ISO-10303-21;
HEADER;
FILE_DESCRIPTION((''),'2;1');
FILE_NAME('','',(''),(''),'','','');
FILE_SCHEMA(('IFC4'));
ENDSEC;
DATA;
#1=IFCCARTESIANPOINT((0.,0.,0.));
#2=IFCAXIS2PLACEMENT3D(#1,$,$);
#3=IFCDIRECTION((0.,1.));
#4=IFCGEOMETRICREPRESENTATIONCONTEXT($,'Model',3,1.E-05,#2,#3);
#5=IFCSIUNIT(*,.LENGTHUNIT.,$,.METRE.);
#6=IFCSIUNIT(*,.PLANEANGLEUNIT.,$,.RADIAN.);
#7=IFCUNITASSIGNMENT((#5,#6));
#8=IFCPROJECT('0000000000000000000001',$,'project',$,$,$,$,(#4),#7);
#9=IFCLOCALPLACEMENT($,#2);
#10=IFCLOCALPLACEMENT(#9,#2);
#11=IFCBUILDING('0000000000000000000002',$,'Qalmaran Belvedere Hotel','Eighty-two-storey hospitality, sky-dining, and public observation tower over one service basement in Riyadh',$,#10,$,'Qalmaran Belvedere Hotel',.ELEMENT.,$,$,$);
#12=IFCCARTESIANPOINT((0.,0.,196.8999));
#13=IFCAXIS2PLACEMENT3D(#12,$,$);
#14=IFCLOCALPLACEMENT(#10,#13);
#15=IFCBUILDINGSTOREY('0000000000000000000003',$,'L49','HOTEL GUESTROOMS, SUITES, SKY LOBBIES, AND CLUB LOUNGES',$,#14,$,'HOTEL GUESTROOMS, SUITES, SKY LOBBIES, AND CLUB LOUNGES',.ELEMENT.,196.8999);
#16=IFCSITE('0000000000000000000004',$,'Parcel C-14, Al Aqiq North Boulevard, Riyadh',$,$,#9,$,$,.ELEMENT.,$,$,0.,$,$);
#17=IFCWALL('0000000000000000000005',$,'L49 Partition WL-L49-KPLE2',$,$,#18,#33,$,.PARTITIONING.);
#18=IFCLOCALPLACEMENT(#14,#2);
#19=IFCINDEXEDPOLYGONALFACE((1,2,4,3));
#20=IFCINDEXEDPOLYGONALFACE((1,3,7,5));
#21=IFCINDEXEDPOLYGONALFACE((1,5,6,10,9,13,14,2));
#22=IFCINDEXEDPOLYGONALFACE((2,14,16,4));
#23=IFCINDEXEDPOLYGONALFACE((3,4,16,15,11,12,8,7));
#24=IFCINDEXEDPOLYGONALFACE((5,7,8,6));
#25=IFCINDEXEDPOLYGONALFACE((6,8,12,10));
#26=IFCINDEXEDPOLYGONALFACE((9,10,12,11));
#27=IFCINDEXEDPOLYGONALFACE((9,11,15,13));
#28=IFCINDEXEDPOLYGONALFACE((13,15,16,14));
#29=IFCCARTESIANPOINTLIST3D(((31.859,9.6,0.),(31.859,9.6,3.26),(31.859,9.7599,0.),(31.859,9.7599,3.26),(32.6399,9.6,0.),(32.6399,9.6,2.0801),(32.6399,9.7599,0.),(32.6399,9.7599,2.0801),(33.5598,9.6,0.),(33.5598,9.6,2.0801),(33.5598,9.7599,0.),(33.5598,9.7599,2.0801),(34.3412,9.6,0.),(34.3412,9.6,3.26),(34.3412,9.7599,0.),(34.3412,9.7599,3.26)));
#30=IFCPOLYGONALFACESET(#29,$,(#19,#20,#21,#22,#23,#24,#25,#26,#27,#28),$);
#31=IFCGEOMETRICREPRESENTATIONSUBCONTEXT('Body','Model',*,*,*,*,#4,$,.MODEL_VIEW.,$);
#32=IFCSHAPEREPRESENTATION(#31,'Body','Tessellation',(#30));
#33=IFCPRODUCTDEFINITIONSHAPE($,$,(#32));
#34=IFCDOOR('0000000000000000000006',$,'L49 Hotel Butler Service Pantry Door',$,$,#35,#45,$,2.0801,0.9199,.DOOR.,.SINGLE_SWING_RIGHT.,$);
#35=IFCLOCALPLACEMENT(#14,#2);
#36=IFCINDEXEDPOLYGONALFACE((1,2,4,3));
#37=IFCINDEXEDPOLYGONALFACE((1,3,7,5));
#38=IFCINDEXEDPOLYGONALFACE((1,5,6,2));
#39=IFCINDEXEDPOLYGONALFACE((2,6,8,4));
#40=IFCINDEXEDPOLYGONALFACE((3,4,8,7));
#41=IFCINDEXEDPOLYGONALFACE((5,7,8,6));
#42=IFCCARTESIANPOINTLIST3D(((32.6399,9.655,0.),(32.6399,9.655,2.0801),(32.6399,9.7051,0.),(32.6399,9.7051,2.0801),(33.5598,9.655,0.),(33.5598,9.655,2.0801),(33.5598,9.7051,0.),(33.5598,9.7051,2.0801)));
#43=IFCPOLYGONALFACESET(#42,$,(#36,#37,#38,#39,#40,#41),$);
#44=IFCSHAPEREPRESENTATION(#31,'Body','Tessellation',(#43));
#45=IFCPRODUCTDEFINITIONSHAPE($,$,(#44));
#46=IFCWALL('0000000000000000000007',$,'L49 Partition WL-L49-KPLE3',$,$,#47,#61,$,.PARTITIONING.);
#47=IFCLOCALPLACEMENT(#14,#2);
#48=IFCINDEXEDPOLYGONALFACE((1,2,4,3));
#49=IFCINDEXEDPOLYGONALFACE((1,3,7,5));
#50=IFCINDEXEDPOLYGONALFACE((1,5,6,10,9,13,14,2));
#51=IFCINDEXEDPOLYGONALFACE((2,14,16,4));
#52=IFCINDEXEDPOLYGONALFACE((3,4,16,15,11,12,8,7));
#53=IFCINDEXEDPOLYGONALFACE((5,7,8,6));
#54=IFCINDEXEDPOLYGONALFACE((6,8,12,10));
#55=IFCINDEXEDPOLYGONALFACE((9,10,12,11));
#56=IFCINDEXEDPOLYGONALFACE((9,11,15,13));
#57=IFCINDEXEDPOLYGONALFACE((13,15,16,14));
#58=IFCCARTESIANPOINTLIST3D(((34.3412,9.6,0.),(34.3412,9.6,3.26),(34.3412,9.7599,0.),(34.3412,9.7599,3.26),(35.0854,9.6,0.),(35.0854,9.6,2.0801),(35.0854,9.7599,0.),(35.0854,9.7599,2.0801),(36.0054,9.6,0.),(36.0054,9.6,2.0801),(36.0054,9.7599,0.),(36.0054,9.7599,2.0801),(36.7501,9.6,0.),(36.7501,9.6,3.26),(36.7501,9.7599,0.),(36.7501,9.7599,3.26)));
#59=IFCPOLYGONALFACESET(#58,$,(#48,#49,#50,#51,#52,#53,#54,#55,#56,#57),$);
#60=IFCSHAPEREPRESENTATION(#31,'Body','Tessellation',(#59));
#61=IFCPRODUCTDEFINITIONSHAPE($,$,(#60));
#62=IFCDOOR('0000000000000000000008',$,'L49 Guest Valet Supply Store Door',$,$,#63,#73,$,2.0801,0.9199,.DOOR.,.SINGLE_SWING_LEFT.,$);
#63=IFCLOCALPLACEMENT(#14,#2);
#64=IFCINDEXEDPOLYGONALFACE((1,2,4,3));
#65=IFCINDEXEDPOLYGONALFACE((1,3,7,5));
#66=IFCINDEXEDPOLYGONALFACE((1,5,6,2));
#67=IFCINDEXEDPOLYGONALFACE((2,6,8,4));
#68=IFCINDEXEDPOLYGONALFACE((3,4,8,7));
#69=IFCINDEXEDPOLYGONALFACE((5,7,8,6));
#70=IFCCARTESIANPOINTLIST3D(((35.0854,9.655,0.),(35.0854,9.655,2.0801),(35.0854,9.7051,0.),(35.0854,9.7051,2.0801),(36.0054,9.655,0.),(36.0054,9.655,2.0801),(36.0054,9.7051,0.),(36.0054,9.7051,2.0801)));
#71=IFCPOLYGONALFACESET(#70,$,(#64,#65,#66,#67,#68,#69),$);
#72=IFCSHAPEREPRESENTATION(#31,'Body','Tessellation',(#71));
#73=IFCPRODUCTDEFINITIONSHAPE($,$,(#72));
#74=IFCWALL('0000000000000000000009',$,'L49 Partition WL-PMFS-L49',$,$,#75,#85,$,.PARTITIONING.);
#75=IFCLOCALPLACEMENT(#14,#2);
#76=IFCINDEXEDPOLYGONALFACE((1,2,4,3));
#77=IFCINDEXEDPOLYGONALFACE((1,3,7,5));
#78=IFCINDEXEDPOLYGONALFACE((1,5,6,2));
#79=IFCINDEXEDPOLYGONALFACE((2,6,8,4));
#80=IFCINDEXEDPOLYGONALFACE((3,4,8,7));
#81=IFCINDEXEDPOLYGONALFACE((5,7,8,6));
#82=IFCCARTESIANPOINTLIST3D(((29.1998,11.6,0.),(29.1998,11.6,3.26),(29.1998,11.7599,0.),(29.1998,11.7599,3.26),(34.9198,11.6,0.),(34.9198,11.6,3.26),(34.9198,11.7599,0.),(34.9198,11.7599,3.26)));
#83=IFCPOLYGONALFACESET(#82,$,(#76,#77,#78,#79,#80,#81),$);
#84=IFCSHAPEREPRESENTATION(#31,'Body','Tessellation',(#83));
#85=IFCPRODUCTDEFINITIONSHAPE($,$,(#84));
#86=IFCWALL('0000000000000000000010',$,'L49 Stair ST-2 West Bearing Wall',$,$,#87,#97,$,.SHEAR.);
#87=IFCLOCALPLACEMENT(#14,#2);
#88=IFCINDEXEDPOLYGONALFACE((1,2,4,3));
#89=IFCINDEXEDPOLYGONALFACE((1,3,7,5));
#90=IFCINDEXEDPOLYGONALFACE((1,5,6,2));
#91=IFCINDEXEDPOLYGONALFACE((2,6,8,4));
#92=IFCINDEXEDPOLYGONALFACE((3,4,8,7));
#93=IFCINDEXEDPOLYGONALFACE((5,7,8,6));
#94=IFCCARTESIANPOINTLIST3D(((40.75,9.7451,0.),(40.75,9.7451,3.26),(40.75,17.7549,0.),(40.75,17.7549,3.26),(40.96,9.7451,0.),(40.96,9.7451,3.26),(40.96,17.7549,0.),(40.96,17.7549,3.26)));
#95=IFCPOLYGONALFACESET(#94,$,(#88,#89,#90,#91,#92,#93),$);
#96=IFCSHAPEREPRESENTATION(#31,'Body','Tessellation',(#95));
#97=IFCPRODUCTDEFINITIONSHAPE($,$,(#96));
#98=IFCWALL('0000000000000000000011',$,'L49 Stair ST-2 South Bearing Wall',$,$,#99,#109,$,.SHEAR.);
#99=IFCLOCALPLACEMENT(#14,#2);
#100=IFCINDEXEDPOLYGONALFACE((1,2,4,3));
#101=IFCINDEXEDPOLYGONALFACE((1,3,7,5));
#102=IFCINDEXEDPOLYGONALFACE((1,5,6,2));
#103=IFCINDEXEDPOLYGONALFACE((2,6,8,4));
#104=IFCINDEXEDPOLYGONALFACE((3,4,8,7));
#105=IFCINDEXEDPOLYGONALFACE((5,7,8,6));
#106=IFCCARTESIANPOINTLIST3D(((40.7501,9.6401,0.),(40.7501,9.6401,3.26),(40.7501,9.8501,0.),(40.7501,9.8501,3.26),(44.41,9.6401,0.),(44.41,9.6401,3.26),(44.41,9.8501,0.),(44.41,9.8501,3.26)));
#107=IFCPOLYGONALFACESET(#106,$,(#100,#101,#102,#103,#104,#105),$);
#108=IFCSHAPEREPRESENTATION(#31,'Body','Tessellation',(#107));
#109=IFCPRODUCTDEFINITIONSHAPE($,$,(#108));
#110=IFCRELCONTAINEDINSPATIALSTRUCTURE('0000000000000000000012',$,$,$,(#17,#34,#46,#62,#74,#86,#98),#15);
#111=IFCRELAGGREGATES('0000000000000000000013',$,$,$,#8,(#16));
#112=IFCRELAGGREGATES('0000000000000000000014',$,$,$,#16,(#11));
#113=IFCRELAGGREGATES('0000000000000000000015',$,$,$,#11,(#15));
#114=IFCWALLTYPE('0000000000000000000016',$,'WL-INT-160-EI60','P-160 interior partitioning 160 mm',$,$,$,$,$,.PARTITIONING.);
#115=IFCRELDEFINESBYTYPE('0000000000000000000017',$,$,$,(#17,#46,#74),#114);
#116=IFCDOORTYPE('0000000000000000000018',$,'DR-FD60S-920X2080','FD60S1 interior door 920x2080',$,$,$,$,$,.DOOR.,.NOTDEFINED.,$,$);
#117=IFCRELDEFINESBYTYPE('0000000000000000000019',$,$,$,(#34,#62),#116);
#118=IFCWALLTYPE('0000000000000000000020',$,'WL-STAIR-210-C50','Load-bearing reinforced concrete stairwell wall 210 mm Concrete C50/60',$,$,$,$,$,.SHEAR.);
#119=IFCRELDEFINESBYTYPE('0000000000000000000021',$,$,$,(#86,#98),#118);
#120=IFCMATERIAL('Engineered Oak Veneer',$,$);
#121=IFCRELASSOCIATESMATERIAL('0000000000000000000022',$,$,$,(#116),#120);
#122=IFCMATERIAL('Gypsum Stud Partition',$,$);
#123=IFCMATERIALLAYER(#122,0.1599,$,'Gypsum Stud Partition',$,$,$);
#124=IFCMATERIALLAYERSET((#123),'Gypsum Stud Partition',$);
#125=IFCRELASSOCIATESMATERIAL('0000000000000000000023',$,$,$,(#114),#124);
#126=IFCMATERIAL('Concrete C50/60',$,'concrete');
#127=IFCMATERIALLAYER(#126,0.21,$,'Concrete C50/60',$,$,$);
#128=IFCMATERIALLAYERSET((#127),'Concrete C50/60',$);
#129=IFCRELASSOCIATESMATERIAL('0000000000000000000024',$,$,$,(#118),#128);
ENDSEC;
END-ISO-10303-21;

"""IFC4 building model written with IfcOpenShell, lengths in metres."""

from ifc_helpers import new_model, si_unit, direction, frame, frame_2d, origin, place, context, subcontext, project, spatial, rectangle, extrude, material, layer, layer_set, type_object, element, fill, save


model = new_model("IFC4")

# Units and contexts
model_context = context("Model", 3, precision=1e-05, world=origin(), true_north=direction((0.0, 1.0)))
body_context = subcontext(model_context, "Body", "Model", "MODEL_VIEW")
ifc_project = project(units=[si_unit("LENGTHUNIT", "METRE"), si_unit("PLANEANGLEUNIT", "RADIAN")], contexts=[model_context])

# Site, building, storey
site_placement = place(None, origin())
site = spatial("IfcSite", under=ifc_project, at=site_placement, Name="Parcel C-14, Al Aqiq North Boulevard, Riyadh", CompositionType="ELEMENT", RefElevation=0.0)
building_placement = place(site_placement, origin())
building = spatial("IfcBuilding", under=site, at=building_placement, Name="Qalmaran Belvedere Hotel", Description="Eighty-two-storey hospitality, sky-dining, and public observation tower over one service basement in Riyadh", LongName="Qalmaran Belvedere Hotel", CompositionType="ELEMENT")
storey_placement = place(building_placement, frame((0.0, 0.0, 196.8999)))
storey = spatial("IfcBuildingStorey", under=building, at=storey_placement, Name="L49", Description="HOTEL GUESTROOMS, SUITES, SKY LOBBIES, AND CLUB LOUNGES", LongName="HOTEL GUESTROOMS, SUITES, SKY LOBBIES, AND CLUB LOUNGES", CompositionType="ELEMENT", Elevation=196.8999)

# Shared definitions
ifc_material_1 = material(Name="Concrete C50/60", Category="concrete")

# Shared definitions
ifc_material_2 = material(Name="Gypsum Stud Partition")

# Shared definitions
ifc_material_3 = material(Name="Engineered Oak Veneer")
door_type_1 = type_object("IfcDoorType", Name="DR-FD60S-920X2080", Description="FD60S1 interior door 920x2080", OperationType="NOTDEFINED", PredefinedType="DOOR", material=ifc_material_3)
ifc_layer_1 = layer(ifc_material_2, 0.1599, Name="Gypsum Stud Partition")
ifc_layer_set_1 = layer_set([ifc_layer_1], Name="Gypsum Stud Partition")
wall_type_1 = type_object("IfcWallType", Name="WL-INT-160-EI60", Description="P-160 interior partitioning 160 mm", PredefinedType="PARTITIONING", material=ifc_layer_set_1)

# Walls, openings, doors
wall_1_placement = place(storey_placement, frame((31.8589, 9.6799, 0.0), z_axis=(0.0, 0.0, 1.0), x_axis=(1.0, 0.0, 0.0)))
wall_1 = element("IfcWall", 1, at=wall_1_placement, inside=storey, type_object=wall_type_1, Name="L49 Partition WL-L49-KPLE2", PredefinedType="PARTITIONING", context=body_context, shape_type="SweptSolid", body=[
    extrude(rectangle(XDim=2.4822, YDim=0.1599, at=frame_2d((1.2412, 0.0))), origin(), (0.0, 0.0, 1.0), 3.26),
])
opening_1_placement = place(wall_1_placement, frame((1.7009, 0.0, 0.0), z_axis=(0.0, 0.0, 1.0), x_axis=(-1.0, 0.0, 0.0)))
opening_1 = element("IfcOpeningElement", 2, at=opening_1_placement, cuts=wall_1, PredefinedType="OPENING", context=body_context, shape_type="SweptSolid", body=[
    extrude(rectangle(XDim=0.9199, YDim=2.0801, at=frame_2d((0.46, 1.04))), frame((0.0, 0.0898, 0.0), z_axis=(0.0, -1.0, 0.0), x_axis=(1.0, 0.0, 0.0)), (0.0, 0.0, 1.0), 0.1799),
])
door_1_placement = place(opening_1_placement, origin())
door_1 = element("IfcDoor", 3, at=door_1_placement, inside=storey, type_object=door_type_1, Name="L49 Hotel Butler Service Pantry Door", OperationType="SINGLE_SWING_RIGHT", OverallHeight=2.0801, OverallWidth=0.9199, PredefinedType="DOOR", context=body_context, shape_type="SweptSolid", body=[
    extrude(rectangle(XDim=0.9199, YDim=2.0801, at=frame_2d((0.46, 1.04))), frame((0.0, 0.0249, 0.0), z_axis=(0.0, -1.0, 0.0), x_axis=(1.0, 0.0, 0.0)), (0.0, 0.0, 1.0), 0.05),
])
fill(opening_1, door_1)
wall_2_placement = place(storey_placement, frame((34.3411, 9.6799, 0.0), z_axis=(0.0, 0.0, 1.0), x_axis=(1.0, 0.0, 0.0)))
wall_2 = element("IfcWall", 4, at=wall_2_placement, inside=storey, type_object=wall_type_1, Name="L49 Partition WL-L49-KPLE3", PredefinedType="PARTITIONING", context=body_context, shape_type="SweptSolid", body=[
    extrude(rectangle(XDim=2.4089, YDim=0.1599, at=frame_2d((1.2046, 0.0))), origin(), (0.0, 0.0, 1.0), 3.26),
])
opening_2_placement = place(wall_2_placement, frame((1.6643, 0.0, 0.0), z_axis=(0.0, 0.0, 1.0), x_axis=(-1.0, 0.0, 0.0)))
opening_2 = element("IfcOpeningElement", 5, at=opening_2_placement, cuts=wall_2, PredefinedType="OPENING", context=body_context, shape_type="SweptSolid", body=[
    extrude(rectangle(XDim=0.9199, YDim=2.0801, at=frame_2d((0.46, 1.04))), frame((0.0, 0.0898, 0.0), z_axis=(0.0, -1.0, 0.0), x_axis=(1.0, 0.0, 0.0)), (0.0, 0.0, 1.0), 0.1799),
])
door_2_placement = place(opening_2_placement, origin())
door_2 = element("IfcDoor", 6, at=door_2_placement, inside=storey, type_object=door_type_1, Name="L49 Guest Valet Supply Store Door", OperationType="SINGLE_SWING_LEFT", OverallHeight=2.0801, OverallWidth=0.9199, PredefinedType="DOOR", context=body_context, shape_type="SweptSolid", body=[
    extrude(rectangle(XDim=0.9199, YDim=2.0801, at=frame_2d((0.46, 1.04))), frame((0.0, 0.0249, 0.0), z_axis=(0.0, -1.0, 0.0), x_axis=(1.0, 0.0, 0.0)), (0.0, 0.0, 1.0), 0.05),
])
fill(opening_2, door_2)

# Walls
wall_3_placement = place(storey_placement, frame((29.2, 11.6799, 0.0), z_axis=(0.0, 0.0, 1.0), x_axis=(1.0, 0.0, 0.0)))
element("IfcWall", 7, at=wall_3_placement, inside=storey, type_object=wall_type_1, Name="L49 Partition WL-PMFS-L49", PredefinedType="PARTITIONING", context=body_context, shape_type="SweptSolid", body=[
    extrude(rectangle(XDim=5.72, YDim=0.1599, at=frame_2d((2.8599, 0.0))), origin(), (0.0, 0.0, 1.0), 3.26),
])
ifc_layer_2 = layer(ifc_material_1, 0.21, Name="Concrete C50/60")
ifc_layer_set_2 = layer_set([ifc_layer_2], Name="Concrete C50/60")
wall_type_2 = type_object("IfcWallType", Name="WL-STAIR-210-C50", Description="Load-bearing reinforced concrete stairwell wall 210 mm Concrete C50/60", PredefinedType="SHEAR", material=ifc_layer_set_2)
wall_4_placement = place(storey_placement, frame((40.855, 9.7451, 0.0), z_axis=(0.0, 0.0, 1.0), x_axis=(0.0, 1.0, 0.0)))
element("IfcWall", 8, at=wall_4_placement, inside=storey, type_object=wall_type_2, Name="L49 Stair ST-2 West Bearing Wall", PredefinedType="SHEAR", context=body_context, shape_type="SweptSolid", body=[
    extrude(rectangle(XDim=8.0098, YDim=0.21, at=frame_2d((4.0049, 0.0))), origin(), (0.0, 0.0, 1.0), 3.26),
])
wall_5_placement = place(storey_placement, frame((40.75, 9.7451, 0.0), z_axis=(0.0, 0.0, 1.0), x_axis=(1.0, 0.0, 0.0)))
element("IfcWall", 9, at=wall_5_placement, inside=storey, type_object=wall_type_2, Name="L49 Stair ST-2 South Bearing Wall", PredefinedType="SHEAR", context=body_context, shape_type="SweptSolid", body=[
    extrude(rectangle(XDim=3.6599, YDim=0.21, at=frame_2d((1.8301, 0.0))), origin(), (0.0, 0.0, 1.0), 3.26),
])

save(model, "model.ifc")
